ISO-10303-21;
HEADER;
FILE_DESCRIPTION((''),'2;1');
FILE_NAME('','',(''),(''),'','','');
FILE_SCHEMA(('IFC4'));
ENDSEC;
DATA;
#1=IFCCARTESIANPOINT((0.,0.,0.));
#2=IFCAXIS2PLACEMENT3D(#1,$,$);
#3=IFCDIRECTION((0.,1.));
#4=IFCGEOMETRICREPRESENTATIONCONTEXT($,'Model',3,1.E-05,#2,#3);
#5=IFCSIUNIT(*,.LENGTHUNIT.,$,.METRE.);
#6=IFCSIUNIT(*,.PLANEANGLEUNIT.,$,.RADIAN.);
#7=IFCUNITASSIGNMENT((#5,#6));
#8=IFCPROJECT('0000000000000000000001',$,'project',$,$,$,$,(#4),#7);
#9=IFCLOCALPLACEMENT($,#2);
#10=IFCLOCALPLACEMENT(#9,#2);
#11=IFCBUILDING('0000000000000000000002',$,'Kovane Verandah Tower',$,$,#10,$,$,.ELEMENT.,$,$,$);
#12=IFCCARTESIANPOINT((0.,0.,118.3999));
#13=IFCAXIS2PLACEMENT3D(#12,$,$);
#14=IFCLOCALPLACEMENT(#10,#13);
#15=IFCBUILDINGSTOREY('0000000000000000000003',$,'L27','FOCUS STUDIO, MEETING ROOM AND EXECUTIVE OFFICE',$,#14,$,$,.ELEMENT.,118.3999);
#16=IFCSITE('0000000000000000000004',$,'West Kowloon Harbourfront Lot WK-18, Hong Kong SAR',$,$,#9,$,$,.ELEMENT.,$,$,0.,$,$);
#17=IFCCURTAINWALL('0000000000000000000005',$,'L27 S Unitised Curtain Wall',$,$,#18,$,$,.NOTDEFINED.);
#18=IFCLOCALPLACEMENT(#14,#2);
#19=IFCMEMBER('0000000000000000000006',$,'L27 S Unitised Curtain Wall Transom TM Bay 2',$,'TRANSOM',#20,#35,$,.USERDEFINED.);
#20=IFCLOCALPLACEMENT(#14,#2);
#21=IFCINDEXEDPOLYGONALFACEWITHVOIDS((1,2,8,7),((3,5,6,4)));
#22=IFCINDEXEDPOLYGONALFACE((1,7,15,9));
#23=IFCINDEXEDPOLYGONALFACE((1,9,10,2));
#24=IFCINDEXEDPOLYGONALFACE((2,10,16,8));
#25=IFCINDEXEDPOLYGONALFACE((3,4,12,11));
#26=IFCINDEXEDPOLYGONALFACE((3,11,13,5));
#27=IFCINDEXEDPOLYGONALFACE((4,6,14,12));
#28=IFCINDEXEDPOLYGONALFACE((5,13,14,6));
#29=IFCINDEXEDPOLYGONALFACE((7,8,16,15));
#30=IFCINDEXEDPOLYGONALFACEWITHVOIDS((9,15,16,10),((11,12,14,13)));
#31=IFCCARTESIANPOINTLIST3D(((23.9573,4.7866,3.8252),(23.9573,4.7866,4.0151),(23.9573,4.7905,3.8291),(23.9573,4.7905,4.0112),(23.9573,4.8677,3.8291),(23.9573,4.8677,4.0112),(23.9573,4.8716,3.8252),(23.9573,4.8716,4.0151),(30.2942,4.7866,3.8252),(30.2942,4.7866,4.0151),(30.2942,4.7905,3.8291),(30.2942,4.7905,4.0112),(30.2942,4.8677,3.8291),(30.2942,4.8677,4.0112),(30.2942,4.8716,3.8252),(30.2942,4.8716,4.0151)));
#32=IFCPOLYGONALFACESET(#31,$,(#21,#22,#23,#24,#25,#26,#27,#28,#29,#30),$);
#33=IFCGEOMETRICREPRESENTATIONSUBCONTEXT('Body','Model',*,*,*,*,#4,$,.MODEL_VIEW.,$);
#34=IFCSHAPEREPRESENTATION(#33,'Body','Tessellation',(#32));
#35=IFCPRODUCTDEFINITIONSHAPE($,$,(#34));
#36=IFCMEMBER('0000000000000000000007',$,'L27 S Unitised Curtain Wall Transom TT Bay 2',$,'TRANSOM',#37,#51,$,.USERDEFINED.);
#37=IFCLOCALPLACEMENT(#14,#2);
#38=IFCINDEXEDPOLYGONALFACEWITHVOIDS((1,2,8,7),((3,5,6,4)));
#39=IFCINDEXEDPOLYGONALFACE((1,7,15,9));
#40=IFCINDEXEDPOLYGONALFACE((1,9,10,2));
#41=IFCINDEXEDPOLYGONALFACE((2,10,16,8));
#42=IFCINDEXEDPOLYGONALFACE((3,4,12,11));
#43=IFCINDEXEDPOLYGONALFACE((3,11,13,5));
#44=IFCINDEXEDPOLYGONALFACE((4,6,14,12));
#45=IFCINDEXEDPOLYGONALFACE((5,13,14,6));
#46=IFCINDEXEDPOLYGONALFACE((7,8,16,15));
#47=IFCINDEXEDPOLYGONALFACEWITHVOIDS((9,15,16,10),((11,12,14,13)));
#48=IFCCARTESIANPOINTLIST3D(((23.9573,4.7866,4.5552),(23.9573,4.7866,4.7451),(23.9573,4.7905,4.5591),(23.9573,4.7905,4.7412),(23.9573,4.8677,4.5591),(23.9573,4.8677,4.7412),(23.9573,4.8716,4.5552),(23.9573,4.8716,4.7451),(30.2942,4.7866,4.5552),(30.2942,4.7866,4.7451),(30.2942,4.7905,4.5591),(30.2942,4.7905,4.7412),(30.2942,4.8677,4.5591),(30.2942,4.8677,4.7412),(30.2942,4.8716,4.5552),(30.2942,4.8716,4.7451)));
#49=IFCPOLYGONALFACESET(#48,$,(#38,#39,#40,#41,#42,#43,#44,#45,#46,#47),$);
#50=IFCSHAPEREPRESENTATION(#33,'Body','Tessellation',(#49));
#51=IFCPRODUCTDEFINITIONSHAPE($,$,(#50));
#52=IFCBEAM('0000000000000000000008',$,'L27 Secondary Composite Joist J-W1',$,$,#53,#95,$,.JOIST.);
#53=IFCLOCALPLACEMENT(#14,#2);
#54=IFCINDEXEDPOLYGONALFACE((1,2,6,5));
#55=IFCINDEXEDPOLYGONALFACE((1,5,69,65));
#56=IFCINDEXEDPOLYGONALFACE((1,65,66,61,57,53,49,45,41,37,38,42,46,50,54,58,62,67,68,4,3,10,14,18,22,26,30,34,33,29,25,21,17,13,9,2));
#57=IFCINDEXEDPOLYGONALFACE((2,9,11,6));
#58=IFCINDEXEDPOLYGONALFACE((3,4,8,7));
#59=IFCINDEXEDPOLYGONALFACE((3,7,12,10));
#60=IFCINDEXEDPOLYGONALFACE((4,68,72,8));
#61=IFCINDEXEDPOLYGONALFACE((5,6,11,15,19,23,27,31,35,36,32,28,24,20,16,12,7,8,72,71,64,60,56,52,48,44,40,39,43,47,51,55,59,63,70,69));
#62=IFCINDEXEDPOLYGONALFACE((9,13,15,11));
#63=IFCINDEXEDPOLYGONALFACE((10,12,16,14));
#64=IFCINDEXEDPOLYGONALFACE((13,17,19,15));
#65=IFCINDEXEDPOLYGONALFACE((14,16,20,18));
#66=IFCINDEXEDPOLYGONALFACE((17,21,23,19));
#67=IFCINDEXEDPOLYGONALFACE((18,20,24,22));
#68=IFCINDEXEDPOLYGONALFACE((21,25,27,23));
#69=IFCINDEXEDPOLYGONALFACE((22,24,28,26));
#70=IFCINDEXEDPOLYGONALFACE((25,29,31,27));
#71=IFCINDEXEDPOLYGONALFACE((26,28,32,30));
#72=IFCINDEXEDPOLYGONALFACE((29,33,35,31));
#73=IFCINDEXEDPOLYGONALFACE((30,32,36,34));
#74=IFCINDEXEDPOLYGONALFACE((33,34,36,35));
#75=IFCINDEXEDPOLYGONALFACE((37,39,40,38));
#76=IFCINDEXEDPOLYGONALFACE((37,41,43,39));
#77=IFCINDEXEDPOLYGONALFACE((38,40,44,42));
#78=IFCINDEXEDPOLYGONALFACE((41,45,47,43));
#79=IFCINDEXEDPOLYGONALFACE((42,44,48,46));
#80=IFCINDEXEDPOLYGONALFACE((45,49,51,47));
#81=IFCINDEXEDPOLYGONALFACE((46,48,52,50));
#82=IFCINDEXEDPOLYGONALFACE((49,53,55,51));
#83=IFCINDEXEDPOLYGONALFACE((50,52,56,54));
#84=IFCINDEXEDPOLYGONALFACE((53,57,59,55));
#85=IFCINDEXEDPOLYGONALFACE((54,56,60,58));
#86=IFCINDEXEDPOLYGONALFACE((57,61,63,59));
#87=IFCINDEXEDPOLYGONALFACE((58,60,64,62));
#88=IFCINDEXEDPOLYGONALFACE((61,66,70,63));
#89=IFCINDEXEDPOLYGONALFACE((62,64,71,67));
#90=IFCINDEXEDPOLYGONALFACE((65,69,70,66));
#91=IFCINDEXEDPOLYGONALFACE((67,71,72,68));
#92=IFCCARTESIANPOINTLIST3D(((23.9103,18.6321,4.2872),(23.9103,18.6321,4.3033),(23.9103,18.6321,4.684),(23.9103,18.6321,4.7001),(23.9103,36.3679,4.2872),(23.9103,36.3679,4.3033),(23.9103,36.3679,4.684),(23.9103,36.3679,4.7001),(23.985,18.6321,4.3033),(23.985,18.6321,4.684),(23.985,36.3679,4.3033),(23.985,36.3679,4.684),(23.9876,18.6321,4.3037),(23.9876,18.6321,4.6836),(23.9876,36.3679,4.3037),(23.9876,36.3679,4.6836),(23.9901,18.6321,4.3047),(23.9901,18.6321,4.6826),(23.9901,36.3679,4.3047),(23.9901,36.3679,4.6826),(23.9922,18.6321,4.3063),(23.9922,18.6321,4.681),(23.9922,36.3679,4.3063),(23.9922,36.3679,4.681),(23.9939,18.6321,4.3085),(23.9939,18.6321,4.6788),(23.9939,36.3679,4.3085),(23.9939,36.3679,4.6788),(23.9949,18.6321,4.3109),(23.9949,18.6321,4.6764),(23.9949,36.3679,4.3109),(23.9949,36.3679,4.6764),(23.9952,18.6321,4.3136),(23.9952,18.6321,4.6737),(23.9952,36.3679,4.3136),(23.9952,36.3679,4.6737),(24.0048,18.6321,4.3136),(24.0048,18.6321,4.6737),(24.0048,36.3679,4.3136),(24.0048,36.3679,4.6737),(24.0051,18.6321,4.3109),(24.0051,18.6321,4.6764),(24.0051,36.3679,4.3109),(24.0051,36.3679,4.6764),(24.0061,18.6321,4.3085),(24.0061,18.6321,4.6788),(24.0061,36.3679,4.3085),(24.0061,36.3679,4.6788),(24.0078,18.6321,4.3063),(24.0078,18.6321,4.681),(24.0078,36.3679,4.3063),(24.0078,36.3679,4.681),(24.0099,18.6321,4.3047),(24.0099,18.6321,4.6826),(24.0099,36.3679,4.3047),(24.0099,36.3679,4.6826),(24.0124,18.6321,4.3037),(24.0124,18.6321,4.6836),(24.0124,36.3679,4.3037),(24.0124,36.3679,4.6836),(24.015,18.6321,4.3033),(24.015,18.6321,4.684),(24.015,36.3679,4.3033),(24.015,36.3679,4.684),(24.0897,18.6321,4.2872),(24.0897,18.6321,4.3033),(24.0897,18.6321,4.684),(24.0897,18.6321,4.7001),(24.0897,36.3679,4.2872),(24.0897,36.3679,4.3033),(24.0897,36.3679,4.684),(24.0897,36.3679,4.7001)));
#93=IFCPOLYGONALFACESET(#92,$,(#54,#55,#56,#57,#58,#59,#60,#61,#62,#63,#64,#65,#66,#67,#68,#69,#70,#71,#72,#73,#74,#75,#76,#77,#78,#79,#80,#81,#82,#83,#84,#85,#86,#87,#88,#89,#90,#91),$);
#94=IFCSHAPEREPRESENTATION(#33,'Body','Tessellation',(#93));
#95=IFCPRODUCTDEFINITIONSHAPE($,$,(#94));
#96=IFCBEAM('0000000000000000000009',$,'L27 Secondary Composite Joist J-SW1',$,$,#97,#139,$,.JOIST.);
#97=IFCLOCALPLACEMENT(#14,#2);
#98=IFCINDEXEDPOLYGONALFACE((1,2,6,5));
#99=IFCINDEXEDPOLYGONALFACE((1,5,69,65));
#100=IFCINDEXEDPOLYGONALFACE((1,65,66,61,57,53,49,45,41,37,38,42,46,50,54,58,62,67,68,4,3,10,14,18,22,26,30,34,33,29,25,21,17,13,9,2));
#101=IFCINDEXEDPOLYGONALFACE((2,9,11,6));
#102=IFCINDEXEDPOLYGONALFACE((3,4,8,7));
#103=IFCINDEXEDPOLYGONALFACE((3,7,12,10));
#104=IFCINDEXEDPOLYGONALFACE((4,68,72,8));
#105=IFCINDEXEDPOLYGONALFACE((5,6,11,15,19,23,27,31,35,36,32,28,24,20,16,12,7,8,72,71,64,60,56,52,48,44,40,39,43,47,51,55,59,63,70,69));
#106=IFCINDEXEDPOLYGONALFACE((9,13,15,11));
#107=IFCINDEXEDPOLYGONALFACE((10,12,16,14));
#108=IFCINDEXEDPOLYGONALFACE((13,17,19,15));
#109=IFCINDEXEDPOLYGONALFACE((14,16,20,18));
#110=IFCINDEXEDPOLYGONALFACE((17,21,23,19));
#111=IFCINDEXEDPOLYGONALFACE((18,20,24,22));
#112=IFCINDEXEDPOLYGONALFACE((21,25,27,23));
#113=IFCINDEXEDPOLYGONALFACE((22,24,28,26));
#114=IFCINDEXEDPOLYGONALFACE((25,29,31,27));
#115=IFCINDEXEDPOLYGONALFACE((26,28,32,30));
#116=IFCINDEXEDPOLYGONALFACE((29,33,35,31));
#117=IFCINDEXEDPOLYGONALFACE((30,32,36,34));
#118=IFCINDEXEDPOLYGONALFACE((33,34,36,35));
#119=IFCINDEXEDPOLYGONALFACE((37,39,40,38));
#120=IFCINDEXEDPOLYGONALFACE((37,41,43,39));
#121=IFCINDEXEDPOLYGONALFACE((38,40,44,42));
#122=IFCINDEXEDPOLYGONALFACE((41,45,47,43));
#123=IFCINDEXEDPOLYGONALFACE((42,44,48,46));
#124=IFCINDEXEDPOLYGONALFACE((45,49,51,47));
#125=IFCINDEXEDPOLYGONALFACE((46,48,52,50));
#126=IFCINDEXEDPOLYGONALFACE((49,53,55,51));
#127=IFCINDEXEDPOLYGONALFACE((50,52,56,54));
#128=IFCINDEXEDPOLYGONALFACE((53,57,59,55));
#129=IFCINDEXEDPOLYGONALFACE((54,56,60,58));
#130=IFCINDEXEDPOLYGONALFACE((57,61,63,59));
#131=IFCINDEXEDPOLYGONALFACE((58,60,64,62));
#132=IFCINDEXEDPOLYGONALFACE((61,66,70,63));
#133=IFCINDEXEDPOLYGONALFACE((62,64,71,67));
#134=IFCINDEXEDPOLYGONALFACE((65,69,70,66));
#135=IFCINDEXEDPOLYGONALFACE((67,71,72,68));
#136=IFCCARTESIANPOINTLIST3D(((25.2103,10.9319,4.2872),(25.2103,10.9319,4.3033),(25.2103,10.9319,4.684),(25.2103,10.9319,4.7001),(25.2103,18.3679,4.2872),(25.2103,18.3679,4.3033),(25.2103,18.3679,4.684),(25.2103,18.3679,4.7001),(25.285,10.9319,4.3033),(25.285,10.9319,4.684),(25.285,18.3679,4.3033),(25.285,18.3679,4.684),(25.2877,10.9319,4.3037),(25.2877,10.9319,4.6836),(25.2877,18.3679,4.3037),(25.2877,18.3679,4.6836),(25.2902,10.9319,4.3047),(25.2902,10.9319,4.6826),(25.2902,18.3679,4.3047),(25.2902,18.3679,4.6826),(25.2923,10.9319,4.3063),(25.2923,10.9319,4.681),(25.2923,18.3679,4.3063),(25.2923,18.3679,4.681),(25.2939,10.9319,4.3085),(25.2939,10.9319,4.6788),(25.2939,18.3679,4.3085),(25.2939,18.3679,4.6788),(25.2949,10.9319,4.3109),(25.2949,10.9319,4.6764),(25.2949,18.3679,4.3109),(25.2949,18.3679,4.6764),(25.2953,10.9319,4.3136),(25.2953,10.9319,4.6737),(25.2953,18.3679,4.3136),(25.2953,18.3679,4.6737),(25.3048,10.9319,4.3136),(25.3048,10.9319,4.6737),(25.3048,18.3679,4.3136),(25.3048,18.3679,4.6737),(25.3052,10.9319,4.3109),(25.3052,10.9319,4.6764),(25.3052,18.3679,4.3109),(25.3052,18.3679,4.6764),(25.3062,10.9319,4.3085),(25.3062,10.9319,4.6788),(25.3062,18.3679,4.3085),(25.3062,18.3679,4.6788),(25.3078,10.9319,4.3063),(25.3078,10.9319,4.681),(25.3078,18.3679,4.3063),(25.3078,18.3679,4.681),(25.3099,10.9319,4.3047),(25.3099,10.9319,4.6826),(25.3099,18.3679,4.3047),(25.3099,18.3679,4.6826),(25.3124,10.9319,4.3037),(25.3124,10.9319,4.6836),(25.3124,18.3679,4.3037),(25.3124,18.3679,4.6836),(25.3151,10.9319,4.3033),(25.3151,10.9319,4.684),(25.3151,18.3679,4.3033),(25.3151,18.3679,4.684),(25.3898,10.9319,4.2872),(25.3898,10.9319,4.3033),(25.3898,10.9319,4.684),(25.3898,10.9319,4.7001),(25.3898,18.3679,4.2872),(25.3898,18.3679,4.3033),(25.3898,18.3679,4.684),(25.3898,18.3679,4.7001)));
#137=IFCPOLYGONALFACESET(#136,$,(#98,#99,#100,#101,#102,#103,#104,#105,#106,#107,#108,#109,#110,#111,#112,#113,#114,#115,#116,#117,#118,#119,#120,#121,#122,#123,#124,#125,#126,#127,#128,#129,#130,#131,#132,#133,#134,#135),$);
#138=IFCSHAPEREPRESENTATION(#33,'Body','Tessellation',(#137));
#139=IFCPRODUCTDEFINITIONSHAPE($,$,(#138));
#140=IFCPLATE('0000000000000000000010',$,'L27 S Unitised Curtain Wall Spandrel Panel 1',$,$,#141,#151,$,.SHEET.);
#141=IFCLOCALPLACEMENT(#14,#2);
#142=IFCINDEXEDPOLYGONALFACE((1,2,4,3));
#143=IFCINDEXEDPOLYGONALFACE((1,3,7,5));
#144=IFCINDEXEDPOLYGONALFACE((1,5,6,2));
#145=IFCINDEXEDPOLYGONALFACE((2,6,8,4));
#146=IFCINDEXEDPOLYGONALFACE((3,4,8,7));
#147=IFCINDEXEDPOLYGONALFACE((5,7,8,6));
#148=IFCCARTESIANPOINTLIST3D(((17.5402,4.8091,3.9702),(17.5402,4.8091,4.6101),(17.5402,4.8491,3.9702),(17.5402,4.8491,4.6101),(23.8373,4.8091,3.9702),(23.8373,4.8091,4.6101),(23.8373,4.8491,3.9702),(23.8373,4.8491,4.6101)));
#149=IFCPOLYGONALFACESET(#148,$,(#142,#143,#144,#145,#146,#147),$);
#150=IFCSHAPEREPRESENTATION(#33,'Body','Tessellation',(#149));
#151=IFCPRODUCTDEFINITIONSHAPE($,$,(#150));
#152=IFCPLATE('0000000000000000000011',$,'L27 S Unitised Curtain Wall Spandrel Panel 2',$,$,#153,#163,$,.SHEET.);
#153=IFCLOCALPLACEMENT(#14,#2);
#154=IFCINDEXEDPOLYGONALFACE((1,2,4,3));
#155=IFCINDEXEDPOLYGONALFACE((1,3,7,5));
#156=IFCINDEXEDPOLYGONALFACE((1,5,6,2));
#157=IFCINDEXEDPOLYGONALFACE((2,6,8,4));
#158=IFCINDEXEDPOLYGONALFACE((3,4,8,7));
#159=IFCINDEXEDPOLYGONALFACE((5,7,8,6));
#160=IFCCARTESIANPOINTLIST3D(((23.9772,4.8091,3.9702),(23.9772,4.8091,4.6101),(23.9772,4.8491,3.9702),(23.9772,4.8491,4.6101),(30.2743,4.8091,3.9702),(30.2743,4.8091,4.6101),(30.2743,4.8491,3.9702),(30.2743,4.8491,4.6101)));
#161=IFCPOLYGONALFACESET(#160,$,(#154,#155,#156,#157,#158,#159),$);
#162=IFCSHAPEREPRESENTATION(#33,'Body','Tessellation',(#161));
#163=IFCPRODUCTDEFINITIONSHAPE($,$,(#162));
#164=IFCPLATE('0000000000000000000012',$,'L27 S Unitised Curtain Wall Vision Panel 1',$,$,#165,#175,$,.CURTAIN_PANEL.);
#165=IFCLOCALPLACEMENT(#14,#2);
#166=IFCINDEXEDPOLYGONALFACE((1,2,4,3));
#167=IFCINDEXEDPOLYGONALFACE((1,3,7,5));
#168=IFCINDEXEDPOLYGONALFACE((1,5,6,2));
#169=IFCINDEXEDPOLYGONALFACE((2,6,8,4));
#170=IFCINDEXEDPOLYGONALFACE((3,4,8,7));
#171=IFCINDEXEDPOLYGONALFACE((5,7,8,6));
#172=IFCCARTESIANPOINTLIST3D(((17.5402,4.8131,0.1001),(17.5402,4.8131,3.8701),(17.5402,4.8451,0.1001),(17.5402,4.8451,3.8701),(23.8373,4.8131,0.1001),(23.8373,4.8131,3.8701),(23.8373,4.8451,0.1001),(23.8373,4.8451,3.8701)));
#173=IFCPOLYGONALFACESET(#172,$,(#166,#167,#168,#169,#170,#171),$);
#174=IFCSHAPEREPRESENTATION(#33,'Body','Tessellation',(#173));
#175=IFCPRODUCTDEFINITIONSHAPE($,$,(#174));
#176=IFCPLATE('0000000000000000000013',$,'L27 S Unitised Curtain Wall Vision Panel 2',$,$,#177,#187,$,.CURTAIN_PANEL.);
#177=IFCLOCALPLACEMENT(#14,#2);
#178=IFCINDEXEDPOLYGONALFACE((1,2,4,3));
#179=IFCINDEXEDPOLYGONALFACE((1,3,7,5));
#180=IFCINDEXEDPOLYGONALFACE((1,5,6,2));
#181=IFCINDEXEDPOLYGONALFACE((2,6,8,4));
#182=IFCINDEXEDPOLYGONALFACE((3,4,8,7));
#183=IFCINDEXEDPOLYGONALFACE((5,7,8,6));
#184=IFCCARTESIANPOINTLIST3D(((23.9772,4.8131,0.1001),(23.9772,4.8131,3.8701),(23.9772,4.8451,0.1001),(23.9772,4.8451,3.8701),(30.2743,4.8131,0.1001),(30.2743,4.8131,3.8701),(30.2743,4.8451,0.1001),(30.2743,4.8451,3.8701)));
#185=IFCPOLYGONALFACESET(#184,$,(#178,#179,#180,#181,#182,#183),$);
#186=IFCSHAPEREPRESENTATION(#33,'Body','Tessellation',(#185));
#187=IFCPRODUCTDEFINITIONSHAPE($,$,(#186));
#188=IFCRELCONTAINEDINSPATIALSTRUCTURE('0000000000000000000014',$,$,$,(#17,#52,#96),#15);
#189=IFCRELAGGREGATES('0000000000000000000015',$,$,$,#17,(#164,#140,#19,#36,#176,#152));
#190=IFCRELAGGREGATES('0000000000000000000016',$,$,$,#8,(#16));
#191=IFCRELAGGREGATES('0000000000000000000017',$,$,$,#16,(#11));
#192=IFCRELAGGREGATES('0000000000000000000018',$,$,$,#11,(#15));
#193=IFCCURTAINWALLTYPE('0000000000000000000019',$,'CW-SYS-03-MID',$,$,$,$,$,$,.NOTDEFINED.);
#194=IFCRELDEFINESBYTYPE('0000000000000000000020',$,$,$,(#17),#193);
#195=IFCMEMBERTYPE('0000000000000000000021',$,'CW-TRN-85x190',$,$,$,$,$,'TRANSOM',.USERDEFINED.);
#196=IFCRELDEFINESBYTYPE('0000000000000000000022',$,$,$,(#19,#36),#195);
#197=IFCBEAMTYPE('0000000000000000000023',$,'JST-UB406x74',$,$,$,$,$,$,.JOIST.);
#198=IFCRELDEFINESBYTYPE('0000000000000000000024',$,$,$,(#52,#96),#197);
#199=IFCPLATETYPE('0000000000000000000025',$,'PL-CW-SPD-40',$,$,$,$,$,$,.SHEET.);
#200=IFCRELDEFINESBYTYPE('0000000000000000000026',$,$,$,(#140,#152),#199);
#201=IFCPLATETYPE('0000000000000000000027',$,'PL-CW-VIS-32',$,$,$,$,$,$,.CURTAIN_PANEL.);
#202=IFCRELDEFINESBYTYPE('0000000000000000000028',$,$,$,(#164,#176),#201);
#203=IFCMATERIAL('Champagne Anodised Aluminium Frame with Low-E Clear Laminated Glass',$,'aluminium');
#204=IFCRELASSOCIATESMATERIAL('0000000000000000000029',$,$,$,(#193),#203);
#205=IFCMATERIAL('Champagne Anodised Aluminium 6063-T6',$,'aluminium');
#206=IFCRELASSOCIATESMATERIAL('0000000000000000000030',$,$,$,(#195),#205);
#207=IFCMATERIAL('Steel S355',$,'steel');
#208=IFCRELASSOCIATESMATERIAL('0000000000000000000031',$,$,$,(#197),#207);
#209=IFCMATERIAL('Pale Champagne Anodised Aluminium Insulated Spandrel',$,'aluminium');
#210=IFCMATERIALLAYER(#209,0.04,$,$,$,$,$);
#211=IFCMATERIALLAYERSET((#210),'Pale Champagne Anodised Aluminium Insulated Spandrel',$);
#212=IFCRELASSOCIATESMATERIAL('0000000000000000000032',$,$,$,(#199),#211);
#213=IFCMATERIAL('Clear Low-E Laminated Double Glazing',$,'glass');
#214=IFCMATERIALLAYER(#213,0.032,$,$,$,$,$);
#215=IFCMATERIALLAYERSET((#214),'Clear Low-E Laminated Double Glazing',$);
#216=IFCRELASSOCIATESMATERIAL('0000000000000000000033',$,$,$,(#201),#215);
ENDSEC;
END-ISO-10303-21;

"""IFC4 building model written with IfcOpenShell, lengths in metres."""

from ifc_helpers import new_model, si_unit, direction, frame, origin, origin_2d, place, context, subcontext, project, spatial, rectangle, hollow_rectangle, i_section, extrude, material, layer, layer_set, material_profile, profile_set, type_object, element, aggregate, save


model = new_model("IFC4")

# Units and contexts
model_context = context("Model", 3, precision=1e-05, world=origin(), true_north=direction((0.0, 1.0)))
body_context = subcontext(model_context, "Body", "Model", "MODEL_VIEW")
ifc_project = project(units=[si_unit("LENGTHUNIT", "METRE"), si_unit("PLANEANGLEUNIT", "RADIAN")], contexts=[model_context])

# Site, building, storey
site_placement = place(None, origin())
site = spatial("IfcSite", under=ifc_project, at=site_placement, Name="West Kowloon Harbourfront Lot WK-18, Hong Kong SAR", CompositionType="ELEMENT", RefElevation=0.0)
building_placement = place(site_placement, origin())
building = spatial("IfcBuilding", under=site, at=building_placement, Name="Kovane Verandah Tower", CompositionType="ELEMENT")
storey_placement = place(building_placement, frame((0.0, 0.0, 118.3999)))
storey = spatial("IfcBuildingStorey", under=building, at=storey_placement, Name="L27", Description="FOCUS STUDIO, MEETING ROOM AND EXECUTIVE OFFICE", CompositionType="ELEMENT", Elevation=118.3999)

# Shared definitions
ifc_material_1 = material(Name="Steel S355", Category="steel")

# Curtain wall, members
ifc_material_2 = material(Name="Champagne Anodised Aluminium Frame with Low-E Clear Laminated Glass", Category="aluminium")
curtain_wall_type = type_object("IfcCurtainWallType", Name="CW-SYS-03-MID", PredefinedType="NOTDEFINED", material=ifc_material_2)
curtain_wall_placement = place(storey_placement, origin())
curtain_wall = element("IfcCurtainWall", 1, at=curtain_wall_placement, inside=storey, type_object=curtain_wall_type, Name="L27 S Unitised Curtain Wall", PredefinedType="NOTDEFINED")
ifc_material_3 = material(Name="Champagne Anodised Aluminium 6063-T6", Category="aluminium")
ifc_material_profile_1 = material_profile(ifc_material_3, hollow_rectangle(XDim=0.085, YDim=0.1899, WallThickness=0.0039, at=origin_2d()), Name="AL85x190x4")
ifc_profile_set_1 = profile_set([ifc_material_profile_1], Name="Champagne Anodised Aluminium 6063-T6")
member_type_1 = type_object("IfcMemberType", Name="CW-TRN-85x190", ElementType="TRANSOM", PredefinedType="USERDEFINED", material=ifc_profile_set_1)
member_1_placement = place(storey_placement, frame((23.9573, 4.8291, 3.9202), z_axis=(1.0, 0.0, 0.0), x_axis=(0.0, 1.0, 0.0)))
member_1 = element("IfcMember", 2, at=member_1_placement, type_object=member_type_1, Name="L27 S Unitised Curtain Wall Transom TM Bay 2", ObjectType="TRANSOM", PredefinedType="USERDEFINED", context=body_context, shape_type="SweptSolid", body=[
    extrude(hollow_rectangle(XDim=0.085, YDim=0.1899, WallThickness=0.0039, at=origin_2d()), origin(), (0.0, 0.0, 1.0), 6.3369),
])
member_2_placement = place(storey_placement, frame((23.9573, 4.8291, 4.6501), z_axis=(1.0, 0.0, 0.0), x_axis=(0.0, 1.0, 0.0)))
member_2 = element("IfcMember", 3, at=member_2_placement, type_object=member_type_1, Name="L27 S Unitised Curtain Wall Transom TT Bay 2", ObjectType="TRANSOM", PredefinedType="USERDEFINED", context=body_context, shape_type="SweptSolid", body=[
    extrude(hollow_rectangle(XDim=0.085, YDim=0.1899, WallThickness=0.0039, at=origin_2d()), origin(), (0.0, 0.0, 1.0), 6.3369),
])

# Beams
ifc_material_profile_2 = material_profile(ifc_material_1, i_section(OverallWidth=0.1794, OverallDepth=0.4128, WebThickness=0.0095, FlangeThickness=0.0161, FilletRadius=0.0103, at=origin_2d()), Name="UB406x178x74")
ifc_profile_set_2 = profile_set([ifc_material_profile_2], Name="Steel S355")
beam_type_1 = type_object("IfcBeamType", Name="JST-UB406x74", PredefinedType="JOIST", material=ifc_profile_set_2)
beam_1_placement = place(storey_placement, frame((24.0, 18.6321, 4.4937), z_axis=(0.0, 1.0, 0.0), x_axis=(-1.0, 0.0, 0.0)))
element("IfcBeam", 4, at=beam_1_placement, inside=storey, type_object=beam_type_1, Name="L27 Secondary Composite Joist J-W1", PredefinedType="JOIST", context=body_context, shape_type="SweptSolid", body=[
    extrude(i_section(OverallWidth=0.1794, OverallDepth=0.4128, WebThickness=0.0095, FlangeThickness=0.0161, FilletRadius=0.0103, at=origin_2d()), origin(), (0.0, 0.0, 1.0), 17.7358),
])
beam_2_placement = place(storey_placement, frame((25.3, 10.9319, 4.4937), z_axis=(0.0, 1.0, 0.0), x_axis=(-1.0, 0.0, 0.0)))
element("IfcBeam", 5, at=beam_2_placement, inside=storey, type_object=beam_type_1, Name="L27 Secondary Composite Joist J-SW1", PredefinedType="JOIST", context=body_context, shape_type="SweptSolid", body=[
    extrude(i_section(OverallWidth=0.1794, OverallDepth=0.4128, WebThickness=0.0095, FlangeThickness=0.0161, FilletRadius=0.0103, at=origin_2d()), origin(), (0.0, 0.0, 1.0), 7.436),
])

# Plates
ifc_material_4 = material(Name="Pale Champagne Anodised Aluminium Insulated Spandrel", Category="aluminium")
ifc_layer_1 = layer(ifc_material_4, 0.04)
ifc_layer_set_1 = layer_set([ifc_layer_1], Name="Pale Champagne Anodised Aluminium Insulated Spandrel")
plate_type_1 = type_object("IfcPlateType", Name="PL-CW-SPD-40", PredefinedType="SHEET", material=ifc_layer_set_1)
plate_1_placement = place(storey_placement, frame((20.6887, 4.8291, 3.9702), z_axis=(0.0, 0.0, 1.0), x_axis=(1.0, 0.0, 0.0)))
plate_1 = element("IfcPlate", 6, at=plate_1_placement, type_object=plate_type_1, Name="L27 S Unitised Curtain Wall Spandrel Panel 1", PredefinedType="SHEET", context=body_context, shape_type="SweptSolid", body=[
    extrude(rectangle(XDim=6.2971, YDim=0.04, at=origin_2d()), origin(), (0.0, 0.0, 1.0), 0.6399),
])
plate_2_placement = place(storey_placement, frame((27.1257, 4.8291, 3.9702), z_axis=(0.0, 0.0, 1.0), x_axis=(1.0, 0.0, 0.0)))
plate_2 = element("IfcPlate", 7, at=plate_2_placement, type_object=plate_type_1, Name="L27 S Unitised Curtain Wall Spandrel Panel 2", PredefinedType="SHEET", context=body_context, shape_type="SweptSolid", body=[
    extrude(rectangle(XDim=6.2971, YDim=0.04, at=origin_2d()), origin(), (0.0, 0.0, 1.0), 0.6399),
])
ifc_material_5 = material(Name="Clear Low-E Laminated Double Glazing", Category="glass")
ifc_layer_2 = layer(ifc_material_5, 0.032)
ifc_layer_set_2 = layer_set([ifc_layer_2], Name="Clear Low-E Laminated Double Glazing")
plate_type_2 = type_object("IfcPlateType", Name="PL-CW-VIS-32", PredefinedType="CURTAIN_PANEL", material=ifc_layer_set_2)
plate_3_placement = place(storey_placement, frame((20.6887, 4.8291, 0.1001), z_axis=(0.0, 0.0, 1.0), x_axis=(1.0, 0.0, 0.0)))
plate_3 = element("IfcPlate", 8, at=plate_3_placement, type_object=plate_type_2, Name="L27 S Unitised Curtain Wall Vision Panel 1", PredefinedType="CURTAIN_PANEL", context=body_context, shape_type="SweptSolid", body=[
    extrude(rectangle(XDim=6.2971, YDim=0.032, at=origin_2d()), origin(), (0.0, 0.0, 1.0), 3.77),
])
plate_4_placement = place(storey_placement, frame((27.1257, 4.8291, 0.1001), z_axis=(0.0, 0.0, 1.0), x_axis=(1.0, 0.0, 0.0)))
plate_4 = element("IfcPlate", 9, at=plate_4_placement, type_object=plate_type_2, Name="L27 S Unitised Curtain Wall Vision Panel 2", PredefinedType="CURTAIN_PANEL", context=body_context, shape_type="SweptSolid", body=[
    extrude(rectangle(XDim=6.2971, YDim=0.032, at=origin_2d()), origin(), (0.0, 0.0, 1.0), 3.77),
])
aggregate(curtain_wall, [plate_3, plate_1, member_1, member_2, plate_4, plate_2])

save(model, "model.ifc")
